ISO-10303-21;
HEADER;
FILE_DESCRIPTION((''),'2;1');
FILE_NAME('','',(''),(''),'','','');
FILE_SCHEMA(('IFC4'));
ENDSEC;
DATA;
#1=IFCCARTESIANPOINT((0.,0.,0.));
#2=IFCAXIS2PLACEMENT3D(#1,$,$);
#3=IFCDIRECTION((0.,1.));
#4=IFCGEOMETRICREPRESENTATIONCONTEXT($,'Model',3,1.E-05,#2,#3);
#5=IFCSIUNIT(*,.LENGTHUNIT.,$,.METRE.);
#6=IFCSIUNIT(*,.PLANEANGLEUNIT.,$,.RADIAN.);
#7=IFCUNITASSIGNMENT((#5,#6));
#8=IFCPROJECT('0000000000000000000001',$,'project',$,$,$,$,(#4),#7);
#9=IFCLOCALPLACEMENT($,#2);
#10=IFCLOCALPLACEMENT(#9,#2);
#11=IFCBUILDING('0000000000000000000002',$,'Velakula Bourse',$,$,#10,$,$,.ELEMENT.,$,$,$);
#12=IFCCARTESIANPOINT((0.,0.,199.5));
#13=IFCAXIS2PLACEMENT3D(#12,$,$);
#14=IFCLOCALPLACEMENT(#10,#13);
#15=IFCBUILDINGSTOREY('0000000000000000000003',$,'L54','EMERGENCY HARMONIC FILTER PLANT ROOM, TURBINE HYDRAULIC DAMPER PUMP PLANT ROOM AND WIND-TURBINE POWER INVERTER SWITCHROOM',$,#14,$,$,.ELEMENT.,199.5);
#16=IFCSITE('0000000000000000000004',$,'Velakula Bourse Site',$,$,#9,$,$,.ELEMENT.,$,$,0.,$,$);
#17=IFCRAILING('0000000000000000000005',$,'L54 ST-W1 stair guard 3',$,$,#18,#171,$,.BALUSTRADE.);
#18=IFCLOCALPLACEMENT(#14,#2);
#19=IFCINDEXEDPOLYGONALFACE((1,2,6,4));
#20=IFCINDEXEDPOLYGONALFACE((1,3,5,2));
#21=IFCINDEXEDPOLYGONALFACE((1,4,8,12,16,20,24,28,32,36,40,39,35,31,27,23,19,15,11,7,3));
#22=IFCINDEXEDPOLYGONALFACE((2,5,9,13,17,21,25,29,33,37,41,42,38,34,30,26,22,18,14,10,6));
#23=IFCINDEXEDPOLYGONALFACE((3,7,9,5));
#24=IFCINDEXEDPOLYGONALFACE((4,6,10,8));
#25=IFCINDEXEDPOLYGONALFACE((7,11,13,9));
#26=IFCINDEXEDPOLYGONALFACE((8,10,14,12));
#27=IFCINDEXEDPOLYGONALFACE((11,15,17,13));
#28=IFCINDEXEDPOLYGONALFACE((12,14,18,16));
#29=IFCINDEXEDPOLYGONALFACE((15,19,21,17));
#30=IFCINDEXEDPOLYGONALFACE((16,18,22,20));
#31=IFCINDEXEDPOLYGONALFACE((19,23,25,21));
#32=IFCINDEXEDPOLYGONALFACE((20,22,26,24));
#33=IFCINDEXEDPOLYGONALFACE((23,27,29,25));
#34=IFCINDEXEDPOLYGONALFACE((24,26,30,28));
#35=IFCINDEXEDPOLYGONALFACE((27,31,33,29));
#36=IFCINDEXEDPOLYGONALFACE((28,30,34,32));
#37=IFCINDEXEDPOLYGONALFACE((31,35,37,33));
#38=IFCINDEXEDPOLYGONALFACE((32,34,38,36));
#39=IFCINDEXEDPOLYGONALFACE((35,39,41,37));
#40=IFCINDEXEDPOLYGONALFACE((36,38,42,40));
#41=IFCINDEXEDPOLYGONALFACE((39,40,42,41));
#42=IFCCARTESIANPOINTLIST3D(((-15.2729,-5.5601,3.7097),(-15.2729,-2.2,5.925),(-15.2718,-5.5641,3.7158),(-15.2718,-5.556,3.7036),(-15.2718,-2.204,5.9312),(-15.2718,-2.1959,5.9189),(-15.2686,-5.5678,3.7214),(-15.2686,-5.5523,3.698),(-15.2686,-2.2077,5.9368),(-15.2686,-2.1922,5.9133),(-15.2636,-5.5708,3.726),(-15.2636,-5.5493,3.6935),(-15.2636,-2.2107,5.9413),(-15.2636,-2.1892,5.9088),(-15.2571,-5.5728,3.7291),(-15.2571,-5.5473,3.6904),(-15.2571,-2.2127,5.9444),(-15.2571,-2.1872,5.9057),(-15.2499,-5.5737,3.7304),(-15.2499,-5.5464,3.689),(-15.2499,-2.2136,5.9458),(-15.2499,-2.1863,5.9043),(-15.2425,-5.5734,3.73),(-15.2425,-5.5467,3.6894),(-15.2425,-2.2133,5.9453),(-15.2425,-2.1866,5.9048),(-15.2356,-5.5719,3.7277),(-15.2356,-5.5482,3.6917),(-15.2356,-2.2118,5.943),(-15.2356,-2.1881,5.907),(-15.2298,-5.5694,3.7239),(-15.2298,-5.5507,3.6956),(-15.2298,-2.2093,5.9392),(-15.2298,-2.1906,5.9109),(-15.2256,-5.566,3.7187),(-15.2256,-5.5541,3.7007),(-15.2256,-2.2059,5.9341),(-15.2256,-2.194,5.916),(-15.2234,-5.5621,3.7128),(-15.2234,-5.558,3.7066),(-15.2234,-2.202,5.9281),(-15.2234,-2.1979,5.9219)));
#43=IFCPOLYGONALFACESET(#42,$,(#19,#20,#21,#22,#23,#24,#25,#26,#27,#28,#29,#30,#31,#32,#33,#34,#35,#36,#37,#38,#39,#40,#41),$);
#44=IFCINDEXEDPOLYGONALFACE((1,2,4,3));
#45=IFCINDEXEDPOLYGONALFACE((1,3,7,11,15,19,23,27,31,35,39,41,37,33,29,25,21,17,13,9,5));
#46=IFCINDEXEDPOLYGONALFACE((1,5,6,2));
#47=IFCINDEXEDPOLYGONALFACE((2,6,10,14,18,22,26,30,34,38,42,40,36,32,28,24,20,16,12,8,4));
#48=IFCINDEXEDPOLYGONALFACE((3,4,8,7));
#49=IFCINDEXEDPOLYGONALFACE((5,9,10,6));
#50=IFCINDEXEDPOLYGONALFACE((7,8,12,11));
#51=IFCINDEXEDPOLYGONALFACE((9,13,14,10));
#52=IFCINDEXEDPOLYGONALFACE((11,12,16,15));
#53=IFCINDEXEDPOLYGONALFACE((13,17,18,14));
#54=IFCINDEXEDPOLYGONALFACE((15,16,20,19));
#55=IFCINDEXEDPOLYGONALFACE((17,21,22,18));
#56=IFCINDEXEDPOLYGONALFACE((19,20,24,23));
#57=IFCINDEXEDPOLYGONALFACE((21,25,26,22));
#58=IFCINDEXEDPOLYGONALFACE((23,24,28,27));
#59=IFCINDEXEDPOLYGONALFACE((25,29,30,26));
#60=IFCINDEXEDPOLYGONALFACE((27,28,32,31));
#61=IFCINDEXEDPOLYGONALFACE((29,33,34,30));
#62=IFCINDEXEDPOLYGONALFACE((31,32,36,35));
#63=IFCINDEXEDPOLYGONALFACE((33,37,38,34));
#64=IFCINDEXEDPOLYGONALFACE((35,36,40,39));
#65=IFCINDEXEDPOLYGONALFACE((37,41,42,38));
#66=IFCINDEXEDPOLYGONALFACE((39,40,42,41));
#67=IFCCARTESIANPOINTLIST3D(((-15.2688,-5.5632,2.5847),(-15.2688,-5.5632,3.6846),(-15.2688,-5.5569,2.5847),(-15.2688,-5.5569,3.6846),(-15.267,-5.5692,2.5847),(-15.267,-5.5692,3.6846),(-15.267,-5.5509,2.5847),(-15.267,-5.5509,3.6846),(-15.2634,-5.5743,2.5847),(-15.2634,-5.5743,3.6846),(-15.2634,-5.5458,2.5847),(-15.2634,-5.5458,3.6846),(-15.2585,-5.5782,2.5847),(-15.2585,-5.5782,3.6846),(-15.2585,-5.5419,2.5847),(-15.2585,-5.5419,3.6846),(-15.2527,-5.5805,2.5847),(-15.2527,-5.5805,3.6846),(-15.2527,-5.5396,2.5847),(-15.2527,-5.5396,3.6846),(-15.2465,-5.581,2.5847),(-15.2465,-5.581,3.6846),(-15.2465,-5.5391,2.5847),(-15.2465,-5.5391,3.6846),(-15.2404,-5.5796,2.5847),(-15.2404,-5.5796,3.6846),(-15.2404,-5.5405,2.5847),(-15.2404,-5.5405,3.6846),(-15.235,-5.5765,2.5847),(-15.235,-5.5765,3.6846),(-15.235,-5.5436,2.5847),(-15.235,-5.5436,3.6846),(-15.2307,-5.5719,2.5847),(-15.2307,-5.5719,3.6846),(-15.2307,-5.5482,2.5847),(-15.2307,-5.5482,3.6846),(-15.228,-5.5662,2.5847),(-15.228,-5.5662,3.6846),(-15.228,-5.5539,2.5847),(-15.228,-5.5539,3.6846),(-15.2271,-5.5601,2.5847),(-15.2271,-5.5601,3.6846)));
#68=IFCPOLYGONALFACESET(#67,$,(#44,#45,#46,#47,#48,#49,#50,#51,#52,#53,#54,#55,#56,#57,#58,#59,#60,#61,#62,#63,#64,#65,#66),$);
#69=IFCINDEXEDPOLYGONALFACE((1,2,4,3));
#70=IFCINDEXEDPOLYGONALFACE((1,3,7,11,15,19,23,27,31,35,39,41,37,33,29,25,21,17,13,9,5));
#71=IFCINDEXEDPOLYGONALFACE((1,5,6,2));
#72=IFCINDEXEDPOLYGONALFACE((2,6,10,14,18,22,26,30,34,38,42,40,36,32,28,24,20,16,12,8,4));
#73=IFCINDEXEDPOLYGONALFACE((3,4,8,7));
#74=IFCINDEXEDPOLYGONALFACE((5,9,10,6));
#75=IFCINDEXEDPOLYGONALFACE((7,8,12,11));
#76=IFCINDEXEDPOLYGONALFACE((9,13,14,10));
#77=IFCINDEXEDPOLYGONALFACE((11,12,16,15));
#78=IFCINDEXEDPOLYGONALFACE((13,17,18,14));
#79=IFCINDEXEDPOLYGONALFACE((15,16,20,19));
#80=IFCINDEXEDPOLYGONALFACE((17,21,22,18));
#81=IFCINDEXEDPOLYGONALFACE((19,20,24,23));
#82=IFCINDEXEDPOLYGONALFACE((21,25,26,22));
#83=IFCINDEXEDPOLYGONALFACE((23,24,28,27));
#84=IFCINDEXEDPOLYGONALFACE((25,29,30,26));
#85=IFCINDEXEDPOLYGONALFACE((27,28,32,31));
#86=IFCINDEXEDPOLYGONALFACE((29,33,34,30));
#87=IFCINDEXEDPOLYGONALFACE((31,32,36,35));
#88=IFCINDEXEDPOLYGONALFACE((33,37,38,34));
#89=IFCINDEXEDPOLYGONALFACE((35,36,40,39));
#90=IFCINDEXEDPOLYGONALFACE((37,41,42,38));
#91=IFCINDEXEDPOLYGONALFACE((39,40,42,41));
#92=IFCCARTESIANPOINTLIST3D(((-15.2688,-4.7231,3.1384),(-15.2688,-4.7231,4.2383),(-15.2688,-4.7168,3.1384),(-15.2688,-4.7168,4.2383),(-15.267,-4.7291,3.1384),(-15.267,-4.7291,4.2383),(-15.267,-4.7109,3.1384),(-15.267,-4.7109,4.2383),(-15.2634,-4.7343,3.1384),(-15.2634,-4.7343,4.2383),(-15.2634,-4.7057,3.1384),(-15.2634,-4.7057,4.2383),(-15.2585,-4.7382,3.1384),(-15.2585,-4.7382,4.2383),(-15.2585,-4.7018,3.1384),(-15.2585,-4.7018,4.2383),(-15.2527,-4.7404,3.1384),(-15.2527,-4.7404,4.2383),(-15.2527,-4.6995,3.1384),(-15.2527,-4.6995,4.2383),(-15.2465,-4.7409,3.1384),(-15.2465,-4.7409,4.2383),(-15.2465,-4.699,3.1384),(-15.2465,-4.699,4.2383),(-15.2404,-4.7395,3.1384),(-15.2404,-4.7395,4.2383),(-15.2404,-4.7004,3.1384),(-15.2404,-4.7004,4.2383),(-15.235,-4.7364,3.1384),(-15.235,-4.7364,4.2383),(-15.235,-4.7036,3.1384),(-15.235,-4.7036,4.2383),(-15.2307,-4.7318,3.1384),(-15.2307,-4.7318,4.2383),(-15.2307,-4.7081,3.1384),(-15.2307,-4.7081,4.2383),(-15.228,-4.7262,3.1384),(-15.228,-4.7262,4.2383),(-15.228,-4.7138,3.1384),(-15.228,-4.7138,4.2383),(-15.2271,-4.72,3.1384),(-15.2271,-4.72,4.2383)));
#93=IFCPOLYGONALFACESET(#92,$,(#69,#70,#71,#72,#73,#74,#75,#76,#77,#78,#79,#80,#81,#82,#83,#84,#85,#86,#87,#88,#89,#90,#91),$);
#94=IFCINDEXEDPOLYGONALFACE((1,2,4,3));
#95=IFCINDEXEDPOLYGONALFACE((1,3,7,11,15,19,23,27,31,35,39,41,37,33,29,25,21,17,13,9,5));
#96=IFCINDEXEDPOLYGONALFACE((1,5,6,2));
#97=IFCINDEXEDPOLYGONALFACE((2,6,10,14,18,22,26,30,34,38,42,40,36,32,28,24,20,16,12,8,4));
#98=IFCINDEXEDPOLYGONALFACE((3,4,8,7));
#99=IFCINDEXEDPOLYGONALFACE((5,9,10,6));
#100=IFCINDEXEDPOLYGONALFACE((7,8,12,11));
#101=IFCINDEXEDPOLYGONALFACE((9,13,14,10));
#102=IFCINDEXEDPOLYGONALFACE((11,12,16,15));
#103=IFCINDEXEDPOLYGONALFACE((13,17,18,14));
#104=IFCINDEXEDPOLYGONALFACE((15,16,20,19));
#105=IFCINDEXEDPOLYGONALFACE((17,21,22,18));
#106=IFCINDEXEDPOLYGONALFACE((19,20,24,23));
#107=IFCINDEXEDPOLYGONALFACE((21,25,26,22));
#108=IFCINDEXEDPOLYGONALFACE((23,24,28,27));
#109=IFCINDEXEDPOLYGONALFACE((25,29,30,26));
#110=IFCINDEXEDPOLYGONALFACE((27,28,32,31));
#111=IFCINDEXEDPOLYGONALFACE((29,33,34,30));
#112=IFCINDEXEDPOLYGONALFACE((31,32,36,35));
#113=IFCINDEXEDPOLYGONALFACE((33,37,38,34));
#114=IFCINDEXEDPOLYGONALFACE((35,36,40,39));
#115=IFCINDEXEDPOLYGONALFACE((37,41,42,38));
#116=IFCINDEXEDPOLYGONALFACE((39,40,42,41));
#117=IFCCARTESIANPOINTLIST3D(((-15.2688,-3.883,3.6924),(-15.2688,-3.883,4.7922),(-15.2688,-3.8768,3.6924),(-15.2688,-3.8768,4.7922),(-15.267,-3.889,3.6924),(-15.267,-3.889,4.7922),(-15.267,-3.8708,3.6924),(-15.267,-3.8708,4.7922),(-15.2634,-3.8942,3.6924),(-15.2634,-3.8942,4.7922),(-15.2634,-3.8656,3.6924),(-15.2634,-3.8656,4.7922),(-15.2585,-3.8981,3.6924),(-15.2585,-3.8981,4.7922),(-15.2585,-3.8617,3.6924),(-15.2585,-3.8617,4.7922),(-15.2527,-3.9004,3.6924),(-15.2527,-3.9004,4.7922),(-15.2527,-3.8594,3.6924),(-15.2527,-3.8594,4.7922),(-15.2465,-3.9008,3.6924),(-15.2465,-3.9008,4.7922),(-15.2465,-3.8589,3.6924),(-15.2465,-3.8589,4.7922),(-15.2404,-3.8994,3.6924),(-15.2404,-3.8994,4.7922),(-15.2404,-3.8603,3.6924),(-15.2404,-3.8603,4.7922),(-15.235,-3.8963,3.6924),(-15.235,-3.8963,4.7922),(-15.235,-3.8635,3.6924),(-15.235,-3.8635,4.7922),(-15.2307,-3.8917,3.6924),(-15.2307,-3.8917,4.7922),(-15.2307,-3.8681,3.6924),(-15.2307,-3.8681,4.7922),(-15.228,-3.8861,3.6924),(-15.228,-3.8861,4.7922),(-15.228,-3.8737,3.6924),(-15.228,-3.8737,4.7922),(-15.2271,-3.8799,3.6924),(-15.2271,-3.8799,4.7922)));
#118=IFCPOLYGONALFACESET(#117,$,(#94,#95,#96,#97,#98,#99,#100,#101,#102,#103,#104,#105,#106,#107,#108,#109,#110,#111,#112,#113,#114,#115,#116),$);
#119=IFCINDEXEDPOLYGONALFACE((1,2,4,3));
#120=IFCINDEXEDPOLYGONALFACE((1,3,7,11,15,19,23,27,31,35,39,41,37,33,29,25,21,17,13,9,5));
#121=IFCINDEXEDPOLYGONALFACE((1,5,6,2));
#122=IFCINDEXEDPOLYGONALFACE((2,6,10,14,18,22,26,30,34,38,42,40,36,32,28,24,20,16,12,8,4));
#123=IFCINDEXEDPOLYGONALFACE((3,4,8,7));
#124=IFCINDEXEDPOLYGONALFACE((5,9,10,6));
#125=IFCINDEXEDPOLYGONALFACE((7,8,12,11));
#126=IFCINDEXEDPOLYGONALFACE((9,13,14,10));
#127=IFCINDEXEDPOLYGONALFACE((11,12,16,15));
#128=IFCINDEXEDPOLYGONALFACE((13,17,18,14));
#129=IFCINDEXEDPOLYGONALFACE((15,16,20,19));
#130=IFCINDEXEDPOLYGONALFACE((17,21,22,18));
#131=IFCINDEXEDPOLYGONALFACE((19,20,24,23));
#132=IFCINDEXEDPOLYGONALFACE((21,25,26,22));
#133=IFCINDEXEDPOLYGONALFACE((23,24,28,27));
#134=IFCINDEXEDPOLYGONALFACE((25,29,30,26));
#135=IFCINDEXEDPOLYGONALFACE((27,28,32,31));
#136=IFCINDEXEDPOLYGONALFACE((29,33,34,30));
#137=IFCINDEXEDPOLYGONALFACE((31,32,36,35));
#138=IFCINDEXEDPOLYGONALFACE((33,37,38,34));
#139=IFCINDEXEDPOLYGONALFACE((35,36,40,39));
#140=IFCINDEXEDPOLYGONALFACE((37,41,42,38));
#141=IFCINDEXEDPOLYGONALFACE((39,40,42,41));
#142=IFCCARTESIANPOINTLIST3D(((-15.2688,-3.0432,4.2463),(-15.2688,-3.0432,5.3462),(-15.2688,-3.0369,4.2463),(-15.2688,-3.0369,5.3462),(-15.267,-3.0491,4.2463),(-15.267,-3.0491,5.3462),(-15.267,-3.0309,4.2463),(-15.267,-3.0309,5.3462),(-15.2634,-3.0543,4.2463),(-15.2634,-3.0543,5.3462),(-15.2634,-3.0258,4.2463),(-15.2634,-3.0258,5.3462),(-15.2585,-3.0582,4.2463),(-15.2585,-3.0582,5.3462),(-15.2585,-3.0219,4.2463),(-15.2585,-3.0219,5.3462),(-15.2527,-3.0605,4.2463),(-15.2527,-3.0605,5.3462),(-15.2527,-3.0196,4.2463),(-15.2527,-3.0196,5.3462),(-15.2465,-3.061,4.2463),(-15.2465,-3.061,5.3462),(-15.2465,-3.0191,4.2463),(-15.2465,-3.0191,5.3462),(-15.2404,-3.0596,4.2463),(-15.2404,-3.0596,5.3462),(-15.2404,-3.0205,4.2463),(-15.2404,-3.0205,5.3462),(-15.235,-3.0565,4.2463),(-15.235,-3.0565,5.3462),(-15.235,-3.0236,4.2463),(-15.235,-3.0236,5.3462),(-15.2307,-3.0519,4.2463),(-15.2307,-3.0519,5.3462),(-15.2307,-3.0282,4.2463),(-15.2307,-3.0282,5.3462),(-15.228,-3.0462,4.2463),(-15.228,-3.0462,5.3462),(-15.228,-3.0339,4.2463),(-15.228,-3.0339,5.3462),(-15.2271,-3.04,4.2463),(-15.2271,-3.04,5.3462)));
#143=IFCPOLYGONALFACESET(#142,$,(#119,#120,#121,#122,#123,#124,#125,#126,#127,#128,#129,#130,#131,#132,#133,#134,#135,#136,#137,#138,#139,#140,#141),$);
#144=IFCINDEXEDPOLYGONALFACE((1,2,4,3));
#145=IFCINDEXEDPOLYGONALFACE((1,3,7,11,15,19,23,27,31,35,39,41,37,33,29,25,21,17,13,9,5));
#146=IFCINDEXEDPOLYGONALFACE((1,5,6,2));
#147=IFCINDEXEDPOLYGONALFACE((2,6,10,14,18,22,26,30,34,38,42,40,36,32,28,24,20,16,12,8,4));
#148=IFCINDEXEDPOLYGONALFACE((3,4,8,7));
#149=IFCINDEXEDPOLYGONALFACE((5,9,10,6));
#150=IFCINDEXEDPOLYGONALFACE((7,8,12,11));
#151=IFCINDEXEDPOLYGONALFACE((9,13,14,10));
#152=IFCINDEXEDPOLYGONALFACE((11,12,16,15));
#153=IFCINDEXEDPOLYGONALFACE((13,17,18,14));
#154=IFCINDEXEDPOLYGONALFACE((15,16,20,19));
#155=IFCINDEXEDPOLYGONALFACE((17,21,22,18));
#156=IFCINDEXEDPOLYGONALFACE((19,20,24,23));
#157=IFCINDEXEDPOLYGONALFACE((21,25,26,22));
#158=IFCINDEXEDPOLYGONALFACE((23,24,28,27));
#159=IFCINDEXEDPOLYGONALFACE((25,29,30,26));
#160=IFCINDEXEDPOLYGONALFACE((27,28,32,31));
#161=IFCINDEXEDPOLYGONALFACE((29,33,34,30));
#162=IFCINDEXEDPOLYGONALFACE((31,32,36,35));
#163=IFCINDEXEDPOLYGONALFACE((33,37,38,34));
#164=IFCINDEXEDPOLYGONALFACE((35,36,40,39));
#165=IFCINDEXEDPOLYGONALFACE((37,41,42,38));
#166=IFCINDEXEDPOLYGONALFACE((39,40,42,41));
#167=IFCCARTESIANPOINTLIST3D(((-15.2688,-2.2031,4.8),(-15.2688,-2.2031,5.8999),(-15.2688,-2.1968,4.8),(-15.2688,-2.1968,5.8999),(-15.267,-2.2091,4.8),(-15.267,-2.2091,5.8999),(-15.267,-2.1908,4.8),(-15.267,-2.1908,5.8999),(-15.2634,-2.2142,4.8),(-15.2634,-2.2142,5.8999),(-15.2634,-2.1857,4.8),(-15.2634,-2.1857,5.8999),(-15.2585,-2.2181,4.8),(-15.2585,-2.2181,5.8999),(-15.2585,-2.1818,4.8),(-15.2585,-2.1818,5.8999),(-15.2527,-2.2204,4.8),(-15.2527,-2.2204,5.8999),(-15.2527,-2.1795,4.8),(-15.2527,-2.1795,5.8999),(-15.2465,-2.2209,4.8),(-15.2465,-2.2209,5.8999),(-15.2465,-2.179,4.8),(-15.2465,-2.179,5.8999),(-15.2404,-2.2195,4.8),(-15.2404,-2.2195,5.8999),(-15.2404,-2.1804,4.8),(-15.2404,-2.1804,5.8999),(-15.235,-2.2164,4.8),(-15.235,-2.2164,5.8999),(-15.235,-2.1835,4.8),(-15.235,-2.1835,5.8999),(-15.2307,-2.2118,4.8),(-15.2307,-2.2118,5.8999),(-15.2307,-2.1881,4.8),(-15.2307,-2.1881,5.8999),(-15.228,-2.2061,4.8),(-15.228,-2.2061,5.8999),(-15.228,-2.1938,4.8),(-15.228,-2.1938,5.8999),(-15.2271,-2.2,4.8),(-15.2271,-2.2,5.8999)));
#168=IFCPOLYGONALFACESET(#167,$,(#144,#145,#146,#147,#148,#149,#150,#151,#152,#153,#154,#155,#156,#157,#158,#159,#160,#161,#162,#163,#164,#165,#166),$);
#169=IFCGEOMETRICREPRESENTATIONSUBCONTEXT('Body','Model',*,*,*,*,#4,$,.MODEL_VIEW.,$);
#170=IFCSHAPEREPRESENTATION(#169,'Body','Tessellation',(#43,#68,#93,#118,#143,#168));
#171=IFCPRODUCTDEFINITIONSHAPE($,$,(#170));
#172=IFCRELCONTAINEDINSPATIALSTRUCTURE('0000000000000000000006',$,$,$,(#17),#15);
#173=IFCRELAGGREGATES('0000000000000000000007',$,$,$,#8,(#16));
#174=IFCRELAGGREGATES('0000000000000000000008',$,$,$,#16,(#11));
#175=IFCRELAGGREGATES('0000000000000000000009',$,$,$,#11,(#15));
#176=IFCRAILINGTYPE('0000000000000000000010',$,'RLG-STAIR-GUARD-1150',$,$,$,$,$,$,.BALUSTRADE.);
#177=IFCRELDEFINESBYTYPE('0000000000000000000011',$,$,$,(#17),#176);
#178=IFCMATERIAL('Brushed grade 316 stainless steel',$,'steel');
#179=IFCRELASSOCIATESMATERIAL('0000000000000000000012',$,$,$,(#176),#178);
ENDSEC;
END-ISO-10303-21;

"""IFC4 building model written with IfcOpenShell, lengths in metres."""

from ifc_helpers import new_model, si_unit, direction, frame, origin, origin_2d, place, context, subcontext, project, spatial, circle, extrude, material, type_object, element, save


model = new_model("IFC4")

# Units and contexts
model_context = context("Model", 3, precision=1e-05, world=origin(), true_north=direction((0.0, 1.0)))
body_context = subcontext(model_context, "Body", "Model", "MODEL_VIEW")
ifc_project = project(units=[si_unit("LENGTHUNIT", "METRE"), si_unit("PLANEANGLEUNIT", "RADIAN")], contexts=[model_context])

# Site, building, storey
site_placement = place(None, origin())
site = spatial("IfcSite", under=ifc_project, at=site_placement, Name="Velakula Bourse Site", CompositionType="ELEMENT", RefElevation=0.0)
building_placement = place(site_placement, origin())
building = spatial("IfcBuilding", under=site, at=building_placement, Name="Velakula Bourse", CompositionType="ELEMENT")
storey_placement = place(building_placement, frame((0.0, 0.0, 199.5)))
storey = spatial("IfcBuildingStorey", under=building, at=storey_placement, Name="L54", Description="EMERGENCY HARMONIC FILTER PLANT ROOM, TURBINE HYDRAULIC DAMPER PUMP PLANT ROOM AND WIND-TURBINE POWER INVERTER SWITCHROOM", CompositionType="ELEMENT", Elevation=199.5)

# Shared definitions
ifc_material_1 = material(Name="Brushed grade 316 stainless steel", Category="steel")

# Railing
railing_type_1 = type_object("IfcRailingType", Name="RLG-STAIR-GUARD-1150", PredefinedType="BALUSTRADE", material=ifc_material_1)
railing_1_placement = place(storey_placement, frame((-15.248, -5.5601, 2.5847)))
element("IfcRailing", 1, at=railing_1_placement, inside=storey, type_object=railing_type_1, Name="L54 ST-W1 stair guard 3", PredefinedType="BALUSTRADE", context=body_context, shape_type="SweptSolid", body=[
    extrude(circle(Radius=0.0249, at=origin_2d()), frame((0.0, 0.0, 1.125), z_axis=(0.0, 0.834876, 0.550437), x_axis=(-1.0, 0.0, 0.0)), (0.0, 0.0, 1.0), 4.0247),
    extrude(circle(Radius=0.021, at=origin_2d()), origin(), (0.0, 0.0, 1.0), 1.0999),
    extrude(circle(Radius=0.021, at=origin_2d()), frame((0.0, 0.8401, 0.5537)), (0.0, 0.0, 1.0), 1.0999),
    extrude(circle(Radius=0.021, at=origin_2d()), frame((0.0, 1.6802, 1.1077)), (0.0, 0.0, 1.0), 1.0999),
    extrude(circle(Radius=0.021, at=origin_2d()), frame((0.0, 2.52, 1.6616)), (0.0, 0.0, 1.0), 1.0999),
    extrude(circle(Radius=0.021, at=origin_2d()), frame((0.0, 3.3601, 2.2153)), (0.0, 0.0, 1.0), 1.0999),
])

save(model, "model.ifc")
